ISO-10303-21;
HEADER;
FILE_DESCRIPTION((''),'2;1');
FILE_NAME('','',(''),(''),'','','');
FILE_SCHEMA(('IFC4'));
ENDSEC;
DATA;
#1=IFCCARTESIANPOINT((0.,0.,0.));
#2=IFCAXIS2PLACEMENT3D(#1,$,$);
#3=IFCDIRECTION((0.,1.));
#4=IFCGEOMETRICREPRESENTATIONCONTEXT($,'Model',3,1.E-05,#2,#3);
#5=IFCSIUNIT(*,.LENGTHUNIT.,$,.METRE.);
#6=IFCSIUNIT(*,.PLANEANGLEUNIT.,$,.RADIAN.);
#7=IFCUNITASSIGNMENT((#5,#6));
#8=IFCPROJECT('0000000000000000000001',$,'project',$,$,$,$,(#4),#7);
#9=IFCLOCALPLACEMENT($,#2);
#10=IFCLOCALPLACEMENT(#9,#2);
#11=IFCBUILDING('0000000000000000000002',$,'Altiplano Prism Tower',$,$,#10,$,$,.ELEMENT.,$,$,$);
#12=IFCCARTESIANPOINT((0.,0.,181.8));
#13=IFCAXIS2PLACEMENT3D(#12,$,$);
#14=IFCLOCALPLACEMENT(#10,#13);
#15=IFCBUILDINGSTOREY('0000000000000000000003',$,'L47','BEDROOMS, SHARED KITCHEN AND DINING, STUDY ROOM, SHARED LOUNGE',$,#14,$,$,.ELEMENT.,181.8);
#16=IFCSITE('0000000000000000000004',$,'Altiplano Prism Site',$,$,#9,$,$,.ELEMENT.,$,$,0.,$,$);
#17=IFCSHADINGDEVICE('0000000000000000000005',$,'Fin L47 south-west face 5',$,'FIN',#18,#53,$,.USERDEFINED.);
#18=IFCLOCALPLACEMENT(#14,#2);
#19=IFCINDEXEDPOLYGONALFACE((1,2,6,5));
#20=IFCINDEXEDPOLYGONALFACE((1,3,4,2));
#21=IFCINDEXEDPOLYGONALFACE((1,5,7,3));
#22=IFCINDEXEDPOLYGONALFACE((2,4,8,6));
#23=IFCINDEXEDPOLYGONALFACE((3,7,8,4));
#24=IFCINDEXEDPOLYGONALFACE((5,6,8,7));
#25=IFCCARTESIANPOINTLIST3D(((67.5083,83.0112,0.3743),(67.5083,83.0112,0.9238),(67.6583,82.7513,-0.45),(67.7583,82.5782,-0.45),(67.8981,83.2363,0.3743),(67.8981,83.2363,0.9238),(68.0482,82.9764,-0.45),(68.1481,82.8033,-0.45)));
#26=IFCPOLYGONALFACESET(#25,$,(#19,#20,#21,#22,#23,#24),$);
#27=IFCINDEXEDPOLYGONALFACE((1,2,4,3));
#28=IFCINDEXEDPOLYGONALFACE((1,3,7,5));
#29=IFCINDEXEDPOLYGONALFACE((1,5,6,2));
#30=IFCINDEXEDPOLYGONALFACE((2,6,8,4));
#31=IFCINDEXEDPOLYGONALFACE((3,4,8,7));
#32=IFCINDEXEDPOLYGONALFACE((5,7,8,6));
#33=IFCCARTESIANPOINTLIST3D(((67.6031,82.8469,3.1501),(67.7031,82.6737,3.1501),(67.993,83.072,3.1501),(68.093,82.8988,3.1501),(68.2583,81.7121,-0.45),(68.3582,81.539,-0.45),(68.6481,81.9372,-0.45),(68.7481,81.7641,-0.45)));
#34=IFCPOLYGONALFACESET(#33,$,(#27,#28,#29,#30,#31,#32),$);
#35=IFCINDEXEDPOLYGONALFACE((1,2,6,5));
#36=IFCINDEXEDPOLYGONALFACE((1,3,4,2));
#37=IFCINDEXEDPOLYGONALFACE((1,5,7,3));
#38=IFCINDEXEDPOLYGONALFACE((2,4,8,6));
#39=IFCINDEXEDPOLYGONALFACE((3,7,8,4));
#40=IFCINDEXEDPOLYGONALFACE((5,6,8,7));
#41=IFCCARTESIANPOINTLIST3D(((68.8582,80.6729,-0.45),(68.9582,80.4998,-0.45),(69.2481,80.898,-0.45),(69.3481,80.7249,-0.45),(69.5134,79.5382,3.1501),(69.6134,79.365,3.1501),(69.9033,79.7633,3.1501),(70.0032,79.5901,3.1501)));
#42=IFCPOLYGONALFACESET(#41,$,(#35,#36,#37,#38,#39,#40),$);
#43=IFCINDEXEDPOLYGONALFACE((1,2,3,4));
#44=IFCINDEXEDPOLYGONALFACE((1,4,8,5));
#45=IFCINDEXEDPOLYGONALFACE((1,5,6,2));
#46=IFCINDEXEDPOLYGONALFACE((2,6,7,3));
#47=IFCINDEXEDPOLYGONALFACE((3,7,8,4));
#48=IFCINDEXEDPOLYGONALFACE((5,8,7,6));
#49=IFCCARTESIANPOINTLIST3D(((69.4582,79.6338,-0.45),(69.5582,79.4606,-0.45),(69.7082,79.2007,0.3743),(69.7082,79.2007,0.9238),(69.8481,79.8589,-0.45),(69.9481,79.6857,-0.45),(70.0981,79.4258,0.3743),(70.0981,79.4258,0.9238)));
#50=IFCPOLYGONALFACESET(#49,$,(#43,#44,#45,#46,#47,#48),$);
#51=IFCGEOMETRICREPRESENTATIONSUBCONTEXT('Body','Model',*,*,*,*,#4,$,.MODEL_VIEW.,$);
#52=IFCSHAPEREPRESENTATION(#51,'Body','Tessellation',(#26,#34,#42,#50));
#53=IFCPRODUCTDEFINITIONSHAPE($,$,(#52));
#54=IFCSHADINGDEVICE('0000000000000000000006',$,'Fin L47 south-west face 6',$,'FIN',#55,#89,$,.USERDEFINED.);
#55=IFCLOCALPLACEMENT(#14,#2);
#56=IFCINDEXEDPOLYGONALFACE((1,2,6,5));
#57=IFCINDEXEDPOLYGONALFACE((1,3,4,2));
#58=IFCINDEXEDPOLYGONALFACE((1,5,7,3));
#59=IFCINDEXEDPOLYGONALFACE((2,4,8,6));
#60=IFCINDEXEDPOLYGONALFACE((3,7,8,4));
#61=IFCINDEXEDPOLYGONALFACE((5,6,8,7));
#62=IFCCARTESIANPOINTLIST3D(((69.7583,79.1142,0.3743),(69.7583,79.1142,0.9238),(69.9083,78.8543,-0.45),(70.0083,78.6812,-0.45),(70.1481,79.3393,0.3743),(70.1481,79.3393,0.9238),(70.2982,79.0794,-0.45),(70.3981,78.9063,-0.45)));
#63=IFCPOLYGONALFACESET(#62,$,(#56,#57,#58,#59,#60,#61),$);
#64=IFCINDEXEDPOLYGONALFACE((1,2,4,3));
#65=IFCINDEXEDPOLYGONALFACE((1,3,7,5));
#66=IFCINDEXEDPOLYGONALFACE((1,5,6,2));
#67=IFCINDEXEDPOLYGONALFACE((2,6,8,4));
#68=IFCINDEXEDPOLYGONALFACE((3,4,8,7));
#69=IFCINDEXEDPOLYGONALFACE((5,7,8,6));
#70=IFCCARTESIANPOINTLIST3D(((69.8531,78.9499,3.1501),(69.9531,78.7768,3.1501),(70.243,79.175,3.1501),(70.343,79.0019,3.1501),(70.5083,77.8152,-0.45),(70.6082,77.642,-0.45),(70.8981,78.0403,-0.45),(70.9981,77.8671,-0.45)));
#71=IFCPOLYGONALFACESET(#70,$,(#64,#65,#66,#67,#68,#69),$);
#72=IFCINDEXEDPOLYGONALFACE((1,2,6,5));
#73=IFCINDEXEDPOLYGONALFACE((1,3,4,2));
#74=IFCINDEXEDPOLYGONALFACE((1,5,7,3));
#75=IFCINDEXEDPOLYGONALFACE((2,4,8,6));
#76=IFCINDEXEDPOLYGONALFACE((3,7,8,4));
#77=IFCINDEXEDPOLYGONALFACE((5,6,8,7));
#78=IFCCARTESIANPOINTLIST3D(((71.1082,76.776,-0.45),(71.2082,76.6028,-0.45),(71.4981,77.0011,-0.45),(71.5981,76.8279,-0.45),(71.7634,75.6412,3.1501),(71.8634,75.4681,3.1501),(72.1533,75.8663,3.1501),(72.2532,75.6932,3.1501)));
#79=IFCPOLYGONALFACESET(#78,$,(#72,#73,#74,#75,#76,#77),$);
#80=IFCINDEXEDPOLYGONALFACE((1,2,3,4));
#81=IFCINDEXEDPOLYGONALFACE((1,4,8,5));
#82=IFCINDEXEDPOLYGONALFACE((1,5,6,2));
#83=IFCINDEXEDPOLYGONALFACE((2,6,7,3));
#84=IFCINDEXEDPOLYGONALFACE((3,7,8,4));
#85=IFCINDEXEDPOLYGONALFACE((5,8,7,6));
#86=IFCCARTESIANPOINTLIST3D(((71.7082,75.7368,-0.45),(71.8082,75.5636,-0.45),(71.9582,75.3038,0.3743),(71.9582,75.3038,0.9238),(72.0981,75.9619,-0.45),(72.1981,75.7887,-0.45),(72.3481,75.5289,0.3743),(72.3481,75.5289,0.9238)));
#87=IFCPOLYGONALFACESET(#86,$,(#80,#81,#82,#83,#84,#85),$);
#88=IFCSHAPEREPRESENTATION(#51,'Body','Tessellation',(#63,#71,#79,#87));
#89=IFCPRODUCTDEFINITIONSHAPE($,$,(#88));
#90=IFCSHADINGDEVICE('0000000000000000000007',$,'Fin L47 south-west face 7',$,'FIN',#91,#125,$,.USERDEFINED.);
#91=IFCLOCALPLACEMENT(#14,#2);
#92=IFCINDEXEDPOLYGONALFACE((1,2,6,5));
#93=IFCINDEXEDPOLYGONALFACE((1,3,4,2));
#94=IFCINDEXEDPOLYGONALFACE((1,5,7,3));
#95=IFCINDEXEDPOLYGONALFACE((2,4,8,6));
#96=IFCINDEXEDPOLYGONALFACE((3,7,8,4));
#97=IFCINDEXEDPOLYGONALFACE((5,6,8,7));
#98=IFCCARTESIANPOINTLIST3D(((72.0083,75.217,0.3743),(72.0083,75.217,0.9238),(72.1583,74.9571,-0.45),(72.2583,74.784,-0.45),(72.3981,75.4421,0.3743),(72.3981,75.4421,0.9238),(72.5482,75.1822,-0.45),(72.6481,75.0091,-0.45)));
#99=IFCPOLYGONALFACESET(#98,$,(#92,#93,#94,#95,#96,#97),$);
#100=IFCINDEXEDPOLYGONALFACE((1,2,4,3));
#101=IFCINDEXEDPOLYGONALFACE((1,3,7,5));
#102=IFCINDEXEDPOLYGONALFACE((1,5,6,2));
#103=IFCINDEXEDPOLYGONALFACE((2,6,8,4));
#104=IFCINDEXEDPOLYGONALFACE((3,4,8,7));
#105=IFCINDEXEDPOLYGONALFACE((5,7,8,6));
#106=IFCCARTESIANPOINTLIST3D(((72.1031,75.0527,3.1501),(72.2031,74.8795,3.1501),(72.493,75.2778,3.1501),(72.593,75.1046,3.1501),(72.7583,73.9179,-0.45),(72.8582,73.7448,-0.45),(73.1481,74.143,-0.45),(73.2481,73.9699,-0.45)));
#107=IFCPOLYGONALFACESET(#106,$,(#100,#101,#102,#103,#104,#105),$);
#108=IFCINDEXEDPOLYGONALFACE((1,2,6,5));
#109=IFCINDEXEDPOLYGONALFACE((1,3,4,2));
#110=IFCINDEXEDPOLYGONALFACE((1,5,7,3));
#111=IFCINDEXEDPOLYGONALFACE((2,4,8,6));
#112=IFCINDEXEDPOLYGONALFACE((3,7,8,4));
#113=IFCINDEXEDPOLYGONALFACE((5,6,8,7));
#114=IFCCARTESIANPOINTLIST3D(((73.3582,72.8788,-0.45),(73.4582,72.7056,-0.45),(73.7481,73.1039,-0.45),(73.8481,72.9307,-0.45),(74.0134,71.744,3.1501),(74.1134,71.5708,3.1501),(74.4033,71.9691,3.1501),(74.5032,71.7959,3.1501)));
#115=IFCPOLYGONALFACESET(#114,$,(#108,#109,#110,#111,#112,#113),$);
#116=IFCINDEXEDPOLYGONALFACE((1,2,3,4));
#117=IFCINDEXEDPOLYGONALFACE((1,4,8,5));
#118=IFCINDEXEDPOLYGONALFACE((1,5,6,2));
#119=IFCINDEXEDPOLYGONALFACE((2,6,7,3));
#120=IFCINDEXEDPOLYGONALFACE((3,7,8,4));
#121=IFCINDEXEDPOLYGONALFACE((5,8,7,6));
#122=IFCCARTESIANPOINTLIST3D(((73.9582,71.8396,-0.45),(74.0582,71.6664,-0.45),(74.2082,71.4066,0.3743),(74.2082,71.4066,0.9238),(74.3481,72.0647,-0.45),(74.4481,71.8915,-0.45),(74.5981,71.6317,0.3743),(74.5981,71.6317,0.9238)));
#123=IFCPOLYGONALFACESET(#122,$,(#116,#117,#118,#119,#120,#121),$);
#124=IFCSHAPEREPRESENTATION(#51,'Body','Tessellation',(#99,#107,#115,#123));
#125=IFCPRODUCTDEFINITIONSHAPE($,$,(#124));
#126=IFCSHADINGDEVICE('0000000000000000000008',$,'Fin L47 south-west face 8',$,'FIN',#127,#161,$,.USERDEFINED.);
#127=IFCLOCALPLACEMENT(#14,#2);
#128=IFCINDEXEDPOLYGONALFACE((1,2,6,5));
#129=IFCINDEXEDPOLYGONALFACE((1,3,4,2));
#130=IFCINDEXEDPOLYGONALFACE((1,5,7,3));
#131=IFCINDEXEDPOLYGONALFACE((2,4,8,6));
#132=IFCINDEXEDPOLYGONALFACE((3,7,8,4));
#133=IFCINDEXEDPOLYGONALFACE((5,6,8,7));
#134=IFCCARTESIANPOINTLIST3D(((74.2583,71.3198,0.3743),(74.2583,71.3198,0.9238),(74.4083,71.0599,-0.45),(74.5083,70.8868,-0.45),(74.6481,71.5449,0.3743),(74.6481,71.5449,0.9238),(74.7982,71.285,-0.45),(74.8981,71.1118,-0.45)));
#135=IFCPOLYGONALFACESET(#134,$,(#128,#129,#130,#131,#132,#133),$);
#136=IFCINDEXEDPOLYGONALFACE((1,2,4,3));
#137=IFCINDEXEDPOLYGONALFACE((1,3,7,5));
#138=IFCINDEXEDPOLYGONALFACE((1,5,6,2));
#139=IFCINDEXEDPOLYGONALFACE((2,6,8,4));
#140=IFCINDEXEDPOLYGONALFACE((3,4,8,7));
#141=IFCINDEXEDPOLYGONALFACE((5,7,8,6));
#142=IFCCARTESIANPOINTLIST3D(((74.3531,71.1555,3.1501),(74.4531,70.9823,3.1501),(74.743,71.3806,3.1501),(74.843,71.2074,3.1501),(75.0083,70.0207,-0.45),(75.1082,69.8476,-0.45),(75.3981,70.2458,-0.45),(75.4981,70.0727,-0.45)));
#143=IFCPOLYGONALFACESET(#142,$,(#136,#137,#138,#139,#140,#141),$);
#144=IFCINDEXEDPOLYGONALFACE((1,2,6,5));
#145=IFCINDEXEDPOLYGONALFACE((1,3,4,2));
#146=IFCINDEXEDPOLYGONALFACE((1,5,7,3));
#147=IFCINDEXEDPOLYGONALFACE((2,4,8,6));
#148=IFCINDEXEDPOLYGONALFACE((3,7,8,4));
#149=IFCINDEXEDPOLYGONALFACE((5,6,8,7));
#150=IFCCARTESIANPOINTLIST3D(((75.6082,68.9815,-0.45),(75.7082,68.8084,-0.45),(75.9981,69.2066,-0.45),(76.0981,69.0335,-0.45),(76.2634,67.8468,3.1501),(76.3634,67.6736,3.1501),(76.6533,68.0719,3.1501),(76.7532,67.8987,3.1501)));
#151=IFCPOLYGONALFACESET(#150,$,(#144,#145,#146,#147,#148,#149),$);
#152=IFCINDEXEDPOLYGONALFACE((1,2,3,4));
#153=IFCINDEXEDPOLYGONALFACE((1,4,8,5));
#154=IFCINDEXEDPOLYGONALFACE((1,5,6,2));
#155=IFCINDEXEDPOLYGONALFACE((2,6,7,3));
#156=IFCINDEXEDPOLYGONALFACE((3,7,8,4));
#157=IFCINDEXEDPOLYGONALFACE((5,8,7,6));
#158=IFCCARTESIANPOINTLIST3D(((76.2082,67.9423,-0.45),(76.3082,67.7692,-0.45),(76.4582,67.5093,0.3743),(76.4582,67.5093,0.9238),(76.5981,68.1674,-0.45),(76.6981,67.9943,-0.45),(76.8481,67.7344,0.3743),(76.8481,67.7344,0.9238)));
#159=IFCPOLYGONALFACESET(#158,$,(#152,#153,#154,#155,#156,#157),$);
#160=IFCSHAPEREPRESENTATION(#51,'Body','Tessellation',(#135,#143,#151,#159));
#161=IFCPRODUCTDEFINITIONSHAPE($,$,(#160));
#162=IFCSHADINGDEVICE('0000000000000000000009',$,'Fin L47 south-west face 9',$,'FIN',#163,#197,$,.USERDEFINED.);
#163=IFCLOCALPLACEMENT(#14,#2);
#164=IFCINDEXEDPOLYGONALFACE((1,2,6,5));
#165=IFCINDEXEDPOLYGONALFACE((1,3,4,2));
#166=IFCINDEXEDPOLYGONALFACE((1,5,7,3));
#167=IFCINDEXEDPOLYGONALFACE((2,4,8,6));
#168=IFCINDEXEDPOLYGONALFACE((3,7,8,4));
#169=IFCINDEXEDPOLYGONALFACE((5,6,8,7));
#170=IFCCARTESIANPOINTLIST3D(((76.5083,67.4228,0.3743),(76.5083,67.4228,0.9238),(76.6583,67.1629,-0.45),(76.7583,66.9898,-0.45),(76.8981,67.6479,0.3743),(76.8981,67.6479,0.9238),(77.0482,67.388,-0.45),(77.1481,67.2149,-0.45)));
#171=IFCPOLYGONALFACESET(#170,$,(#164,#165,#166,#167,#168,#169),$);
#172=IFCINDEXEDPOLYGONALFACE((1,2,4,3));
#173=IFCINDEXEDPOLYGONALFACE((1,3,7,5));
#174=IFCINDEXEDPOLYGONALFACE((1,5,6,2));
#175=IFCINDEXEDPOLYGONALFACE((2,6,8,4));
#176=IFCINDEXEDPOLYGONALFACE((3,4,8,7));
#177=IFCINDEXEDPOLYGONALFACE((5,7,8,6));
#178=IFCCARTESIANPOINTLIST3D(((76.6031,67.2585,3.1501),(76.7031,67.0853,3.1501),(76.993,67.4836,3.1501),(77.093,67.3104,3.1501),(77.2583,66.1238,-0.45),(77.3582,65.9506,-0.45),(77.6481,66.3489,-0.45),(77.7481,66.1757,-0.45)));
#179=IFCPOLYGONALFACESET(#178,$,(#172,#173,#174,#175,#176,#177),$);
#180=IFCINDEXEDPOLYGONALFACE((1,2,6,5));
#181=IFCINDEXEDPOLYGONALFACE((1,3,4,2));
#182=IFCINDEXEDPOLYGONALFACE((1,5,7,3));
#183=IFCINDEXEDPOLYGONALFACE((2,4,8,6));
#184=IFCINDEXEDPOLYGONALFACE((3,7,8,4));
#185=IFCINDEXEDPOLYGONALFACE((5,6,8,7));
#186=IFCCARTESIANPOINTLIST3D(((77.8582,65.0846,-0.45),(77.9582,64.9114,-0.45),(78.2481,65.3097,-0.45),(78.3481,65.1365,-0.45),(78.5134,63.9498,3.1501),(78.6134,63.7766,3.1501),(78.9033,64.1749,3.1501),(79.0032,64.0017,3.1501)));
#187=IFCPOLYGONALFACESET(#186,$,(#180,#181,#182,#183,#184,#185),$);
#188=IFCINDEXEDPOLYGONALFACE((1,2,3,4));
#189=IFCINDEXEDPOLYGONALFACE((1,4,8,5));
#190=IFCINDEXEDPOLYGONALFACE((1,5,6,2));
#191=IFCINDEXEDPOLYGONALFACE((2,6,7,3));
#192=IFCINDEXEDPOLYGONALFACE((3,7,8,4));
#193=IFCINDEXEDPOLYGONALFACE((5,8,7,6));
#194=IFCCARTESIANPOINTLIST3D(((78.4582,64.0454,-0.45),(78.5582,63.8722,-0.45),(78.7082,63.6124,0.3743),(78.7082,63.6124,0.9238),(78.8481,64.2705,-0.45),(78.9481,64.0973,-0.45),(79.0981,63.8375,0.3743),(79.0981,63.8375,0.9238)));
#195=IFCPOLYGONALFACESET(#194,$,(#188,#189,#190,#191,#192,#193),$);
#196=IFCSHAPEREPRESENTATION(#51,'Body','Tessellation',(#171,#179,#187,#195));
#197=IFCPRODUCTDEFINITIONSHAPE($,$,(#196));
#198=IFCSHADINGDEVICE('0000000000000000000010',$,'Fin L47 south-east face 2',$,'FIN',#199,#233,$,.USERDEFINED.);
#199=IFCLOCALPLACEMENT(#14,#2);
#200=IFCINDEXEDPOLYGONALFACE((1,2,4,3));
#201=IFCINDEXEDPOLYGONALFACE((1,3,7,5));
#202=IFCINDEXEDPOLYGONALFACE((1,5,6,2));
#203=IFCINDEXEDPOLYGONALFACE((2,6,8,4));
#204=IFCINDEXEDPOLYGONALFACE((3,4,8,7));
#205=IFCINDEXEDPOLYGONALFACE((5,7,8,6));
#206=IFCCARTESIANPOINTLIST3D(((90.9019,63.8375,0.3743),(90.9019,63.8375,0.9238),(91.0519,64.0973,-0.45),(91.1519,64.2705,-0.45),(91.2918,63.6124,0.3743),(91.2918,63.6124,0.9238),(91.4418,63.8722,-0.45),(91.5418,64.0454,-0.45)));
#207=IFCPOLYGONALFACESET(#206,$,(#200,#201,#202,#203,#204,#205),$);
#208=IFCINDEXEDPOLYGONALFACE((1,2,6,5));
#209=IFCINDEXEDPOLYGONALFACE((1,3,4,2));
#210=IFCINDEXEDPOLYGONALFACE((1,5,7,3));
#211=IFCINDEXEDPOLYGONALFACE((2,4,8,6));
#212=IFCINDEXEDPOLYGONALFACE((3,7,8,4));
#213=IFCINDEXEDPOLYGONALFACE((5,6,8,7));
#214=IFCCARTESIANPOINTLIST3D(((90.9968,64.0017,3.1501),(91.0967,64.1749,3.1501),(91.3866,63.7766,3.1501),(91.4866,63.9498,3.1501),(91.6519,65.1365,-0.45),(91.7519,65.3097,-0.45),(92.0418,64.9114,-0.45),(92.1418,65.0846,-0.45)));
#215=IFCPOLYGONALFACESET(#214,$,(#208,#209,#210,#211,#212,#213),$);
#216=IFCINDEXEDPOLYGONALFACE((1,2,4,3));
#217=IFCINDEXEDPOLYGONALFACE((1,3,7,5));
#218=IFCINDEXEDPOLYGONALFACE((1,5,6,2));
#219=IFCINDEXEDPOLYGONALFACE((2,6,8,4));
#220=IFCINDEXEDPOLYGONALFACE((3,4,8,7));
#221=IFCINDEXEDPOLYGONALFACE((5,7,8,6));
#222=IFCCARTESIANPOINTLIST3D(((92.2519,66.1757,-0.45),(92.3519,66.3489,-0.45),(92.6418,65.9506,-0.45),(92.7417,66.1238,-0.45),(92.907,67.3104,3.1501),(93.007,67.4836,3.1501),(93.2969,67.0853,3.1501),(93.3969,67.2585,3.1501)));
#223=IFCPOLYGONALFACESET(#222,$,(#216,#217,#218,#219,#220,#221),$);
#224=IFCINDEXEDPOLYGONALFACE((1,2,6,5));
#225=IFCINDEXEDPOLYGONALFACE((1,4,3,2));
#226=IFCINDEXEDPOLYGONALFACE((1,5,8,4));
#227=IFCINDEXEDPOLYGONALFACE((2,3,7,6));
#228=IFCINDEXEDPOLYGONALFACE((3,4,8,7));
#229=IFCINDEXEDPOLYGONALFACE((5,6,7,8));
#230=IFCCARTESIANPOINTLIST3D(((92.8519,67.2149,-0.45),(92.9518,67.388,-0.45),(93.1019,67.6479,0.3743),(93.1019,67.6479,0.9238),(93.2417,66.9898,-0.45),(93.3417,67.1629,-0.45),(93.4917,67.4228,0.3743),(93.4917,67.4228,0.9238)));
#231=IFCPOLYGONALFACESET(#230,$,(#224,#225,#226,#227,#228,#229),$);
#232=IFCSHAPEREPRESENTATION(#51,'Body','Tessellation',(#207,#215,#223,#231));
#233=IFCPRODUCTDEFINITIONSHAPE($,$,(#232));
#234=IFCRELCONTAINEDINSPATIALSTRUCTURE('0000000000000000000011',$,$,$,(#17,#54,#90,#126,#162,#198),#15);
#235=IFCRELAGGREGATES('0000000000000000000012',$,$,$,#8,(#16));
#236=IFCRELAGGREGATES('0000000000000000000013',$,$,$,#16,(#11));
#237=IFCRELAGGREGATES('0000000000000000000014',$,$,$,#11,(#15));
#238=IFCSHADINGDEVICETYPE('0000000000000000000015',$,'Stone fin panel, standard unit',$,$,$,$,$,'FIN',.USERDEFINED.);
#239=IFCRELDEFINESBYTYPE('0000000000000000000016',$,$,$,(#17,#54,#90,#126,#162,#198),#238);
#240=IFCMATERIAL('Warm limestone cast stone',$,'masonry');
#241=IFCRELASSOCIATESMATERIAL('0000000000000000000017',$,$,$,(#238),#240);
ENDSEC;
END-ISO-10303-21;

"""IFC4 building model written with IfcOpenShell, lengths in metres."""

from ifc_helpers import new_model, si_unit, direction, frame, origin, place, context, subcontext, project, spatial, polyline, outline, extrude, source, transform, mapped, material, type_object, element, save


model = new_model("IFC4")

# Units and contexts
model_context = context("Model", 3, precision=1e-05, world=origin(), true_north=direction((0.0, 1.0)))
body_context = subcontext(model_context, "Body", "Model", "MODEL_VIEW")
ifc_project = project(units=[si_unit("LENGTHUNIT", "METRE"), si_unit("PLANEANGLEUNIT", "RADIAN")], contexts=[model_context])

# Site, building, storey
site_placement = place(None, origin())
site = spatial("IfcSite", under=ifc_project, at=site_placement, Name="Altiplano Prism Site", CompositionType="ELEMENT", RefElevation=0.0)
building_placement = place(site_placement, origin())
building = spatial("IfcBuilding", under=site, at=building_placement, Name="Altiplano Prism Tower", CompositionType="ELEMENT")
storey_placement = place(building_placement, frame((0.0, 0.0, 181.8)))
storey = spatial("IfcBuildingStorey", under=building, at=storey_placement, Name="L47", Description="BEDROOMS, SHARED KITCHEN AND DINING, STUDY ROOM, SHARED LOUNGE", CompositionType="ELEMENT", Elevation=181.8)

# Shading devices
ifc_material_1 = material(Name="Warm limestone cast stone", Category="masonry")
shading_device_type_1 = type_object("IfcShadingDeviceType", Name="Stone fin panel, standard unit", ElementType="FIN", PredefinedType="USERDEFINED", material=ifc_material_1)
shared_shape_1 = source(origin(), body_context, "Body", "SweptSolid", [
    extrude(outline(polyline([(-2.2, 1.3738), (-2.2, 0.8242), (-1.8999, 0.0), (-1.7, 0.0), (-2.2, 1.3738)])), frame((0.0, -0.1499, 0.0), z_axis=(0.0, -1.0, 0.0), x_axis=(1.0, 0.0, 0.0)), (0.0, 0.0, 1.0), 0.4502),
    extrude(outline(polyline([(-2.0103, 3.6001), (-0.7, 0.0), (-0.5, 0.0), (-1.8103, 3.6001), (-2.0103, 3.6001)])), frame((0.0, -0.1499, 0.0), z_axis=(0.0, -1.0, 0.0), x_axis=(1.0, 0.0, 0.0)), (0.0, 0.0, 1.0), 0.4502),
    extrude(outline(polyline([(1.8103, 3.6001), (0.5, 0.0), (0.7, 0.0), (2.0103, 3.6001), (1.8103, 3.6001)])), frame((0.0, -0.1499, 0.0), z_axis=(0.0, -1.0, 0.0), x_axis=(1.0, 0.0, 0.0)), (0.0, 0.0, 1.0), 0.4502),
    extrude(outline(polyline([(2.2, 0.8242), (2.2, 1.3738), (1.7, 0.0), (1.8999, 0.0), (2.2, 0.8242)])), frame((0.0, -0.1499, 0.0), z_axis=(0.0, -1.0, 0.0), x_axis=(1.0, 0.0, 0.0)), (0.0, 0.0, 1.0), 0.4502),
])
shading_device_1_placement = place(storey_placement, origin())
element("IfcShadingDevice", 1, at=shading_device_1_placement, inside=storey, type_object=shading_device_type_1, Name="Fin L47 south-west face 5", ObjectType="FIN", PredefinedType="USERDEFINED", context=body_context, shape_type="MappedRepresentation", body=[
    mapped(shared_shape_1, transform((69.1279, 81.406, -0.45), x_axis=(0.5, -0.866025, 0.0), y_axis=(0.866025, 0.5, 0.0), z_axis=(0.0, 0.0, 1.0))),
])
shading_device_2_placement = place(storey_placement, origin())
element("IfcShadingDevice", 2, at=shading_device_2_placement, inside=storey, type_object=shading_device_type_1, Name="Fin L47 south-west face 6", ObjectType="FIN", PredefinedType="USERDEFINED", context=body_context, shape_type="MappedRepresentation", body=[
    mapped(shared_shape_1, transform((71.3779, 77.509, -0.45), x_axis=(0.5, -0.866025, 0.0), y_axis=(0.866025, 0.5, 0.0), z_axis=(0.0, 0.0, 1.0))),
])
shading_device_3_placement = place(storey_placement, origin())
element("IfcShadingDevice", 3, at=shading_device_3_placement, inside=storey, type_object=shading_device_type_1, Name="Fin L47 south-west face 7", ObjectType="FIN", PredefinedType="USERDEFINED", context=body_context, shape_type="MappedRepresentation", body=[
    mapped(shared_shape_1, transform((73.6279, 73.6118, -0.45), x_axis=(0.5, -0.866025, 0.0), y_axis=(0.866025, 0.5, 0.0), z_axis=(0.0, 0.0, 1.0))),
])
shading_device_4_placement = place(storey_placement, origin())
element("IfcShadingDevice", 4, at=shading_device_4_placement, inside=storey, type_object=shading_device_type_1, Name="Fin L47 south-west face 8", ObjectType="FIN", PredefinedType="USERDEFINED", context=body_context, shape_type="MappedRepresentation", body=[
    mapped(shared_shape_1, transform((75.8779, 69.7146, -0.45), x_axis=(0.5, -0.866025, 0.0), y_axis=(0.866025, 0.5, 0.0), z_axis=(0.0, 0.0, 1.0))),
])
shading_device_5_placement = place(storey_placement, origin())
element("IfcShadingDevice", 5, at=shading_device_5_placement, inside=storey, type_object=shading_device_type_1, Name="Fin L47 south-west face 9", ObjectType="FIN", PredefinedType="USERDEFINED", context=body_context, shape_type="MappedRepresentation", body=[
    mapped(shared_shape_1, transform((78.1279, 65.8176, -0.45), x_axis=(0.5, -0.866025, 0.0), y_axis=(0.866025, 0.5, 0.0), z_axis=(0.0, 0.0, 1.0))),
])
shading_device_6_placement = place(storey_placement, origin())
element("IfcShadingDevice", 6, at=shading_device_6_placement, inside=storey, type_object=shading_device_type_1, Name="Fin L47 south-east face 2", ObjectType="FIN", PredefinedType="USERDEFINED", context=body_context, shape_type="MappedRepresentation", body=[
    mapped(shared_shape_1, transform((91.8721, 65.8176, -0.45), x_axis=(0.5, 0.866025, 0.0), y_axis=(-0.866025, 0.5, 0.0), z_axis=(0.0, 0.0, 1.0))),
])

save(model, "model.ifc")
